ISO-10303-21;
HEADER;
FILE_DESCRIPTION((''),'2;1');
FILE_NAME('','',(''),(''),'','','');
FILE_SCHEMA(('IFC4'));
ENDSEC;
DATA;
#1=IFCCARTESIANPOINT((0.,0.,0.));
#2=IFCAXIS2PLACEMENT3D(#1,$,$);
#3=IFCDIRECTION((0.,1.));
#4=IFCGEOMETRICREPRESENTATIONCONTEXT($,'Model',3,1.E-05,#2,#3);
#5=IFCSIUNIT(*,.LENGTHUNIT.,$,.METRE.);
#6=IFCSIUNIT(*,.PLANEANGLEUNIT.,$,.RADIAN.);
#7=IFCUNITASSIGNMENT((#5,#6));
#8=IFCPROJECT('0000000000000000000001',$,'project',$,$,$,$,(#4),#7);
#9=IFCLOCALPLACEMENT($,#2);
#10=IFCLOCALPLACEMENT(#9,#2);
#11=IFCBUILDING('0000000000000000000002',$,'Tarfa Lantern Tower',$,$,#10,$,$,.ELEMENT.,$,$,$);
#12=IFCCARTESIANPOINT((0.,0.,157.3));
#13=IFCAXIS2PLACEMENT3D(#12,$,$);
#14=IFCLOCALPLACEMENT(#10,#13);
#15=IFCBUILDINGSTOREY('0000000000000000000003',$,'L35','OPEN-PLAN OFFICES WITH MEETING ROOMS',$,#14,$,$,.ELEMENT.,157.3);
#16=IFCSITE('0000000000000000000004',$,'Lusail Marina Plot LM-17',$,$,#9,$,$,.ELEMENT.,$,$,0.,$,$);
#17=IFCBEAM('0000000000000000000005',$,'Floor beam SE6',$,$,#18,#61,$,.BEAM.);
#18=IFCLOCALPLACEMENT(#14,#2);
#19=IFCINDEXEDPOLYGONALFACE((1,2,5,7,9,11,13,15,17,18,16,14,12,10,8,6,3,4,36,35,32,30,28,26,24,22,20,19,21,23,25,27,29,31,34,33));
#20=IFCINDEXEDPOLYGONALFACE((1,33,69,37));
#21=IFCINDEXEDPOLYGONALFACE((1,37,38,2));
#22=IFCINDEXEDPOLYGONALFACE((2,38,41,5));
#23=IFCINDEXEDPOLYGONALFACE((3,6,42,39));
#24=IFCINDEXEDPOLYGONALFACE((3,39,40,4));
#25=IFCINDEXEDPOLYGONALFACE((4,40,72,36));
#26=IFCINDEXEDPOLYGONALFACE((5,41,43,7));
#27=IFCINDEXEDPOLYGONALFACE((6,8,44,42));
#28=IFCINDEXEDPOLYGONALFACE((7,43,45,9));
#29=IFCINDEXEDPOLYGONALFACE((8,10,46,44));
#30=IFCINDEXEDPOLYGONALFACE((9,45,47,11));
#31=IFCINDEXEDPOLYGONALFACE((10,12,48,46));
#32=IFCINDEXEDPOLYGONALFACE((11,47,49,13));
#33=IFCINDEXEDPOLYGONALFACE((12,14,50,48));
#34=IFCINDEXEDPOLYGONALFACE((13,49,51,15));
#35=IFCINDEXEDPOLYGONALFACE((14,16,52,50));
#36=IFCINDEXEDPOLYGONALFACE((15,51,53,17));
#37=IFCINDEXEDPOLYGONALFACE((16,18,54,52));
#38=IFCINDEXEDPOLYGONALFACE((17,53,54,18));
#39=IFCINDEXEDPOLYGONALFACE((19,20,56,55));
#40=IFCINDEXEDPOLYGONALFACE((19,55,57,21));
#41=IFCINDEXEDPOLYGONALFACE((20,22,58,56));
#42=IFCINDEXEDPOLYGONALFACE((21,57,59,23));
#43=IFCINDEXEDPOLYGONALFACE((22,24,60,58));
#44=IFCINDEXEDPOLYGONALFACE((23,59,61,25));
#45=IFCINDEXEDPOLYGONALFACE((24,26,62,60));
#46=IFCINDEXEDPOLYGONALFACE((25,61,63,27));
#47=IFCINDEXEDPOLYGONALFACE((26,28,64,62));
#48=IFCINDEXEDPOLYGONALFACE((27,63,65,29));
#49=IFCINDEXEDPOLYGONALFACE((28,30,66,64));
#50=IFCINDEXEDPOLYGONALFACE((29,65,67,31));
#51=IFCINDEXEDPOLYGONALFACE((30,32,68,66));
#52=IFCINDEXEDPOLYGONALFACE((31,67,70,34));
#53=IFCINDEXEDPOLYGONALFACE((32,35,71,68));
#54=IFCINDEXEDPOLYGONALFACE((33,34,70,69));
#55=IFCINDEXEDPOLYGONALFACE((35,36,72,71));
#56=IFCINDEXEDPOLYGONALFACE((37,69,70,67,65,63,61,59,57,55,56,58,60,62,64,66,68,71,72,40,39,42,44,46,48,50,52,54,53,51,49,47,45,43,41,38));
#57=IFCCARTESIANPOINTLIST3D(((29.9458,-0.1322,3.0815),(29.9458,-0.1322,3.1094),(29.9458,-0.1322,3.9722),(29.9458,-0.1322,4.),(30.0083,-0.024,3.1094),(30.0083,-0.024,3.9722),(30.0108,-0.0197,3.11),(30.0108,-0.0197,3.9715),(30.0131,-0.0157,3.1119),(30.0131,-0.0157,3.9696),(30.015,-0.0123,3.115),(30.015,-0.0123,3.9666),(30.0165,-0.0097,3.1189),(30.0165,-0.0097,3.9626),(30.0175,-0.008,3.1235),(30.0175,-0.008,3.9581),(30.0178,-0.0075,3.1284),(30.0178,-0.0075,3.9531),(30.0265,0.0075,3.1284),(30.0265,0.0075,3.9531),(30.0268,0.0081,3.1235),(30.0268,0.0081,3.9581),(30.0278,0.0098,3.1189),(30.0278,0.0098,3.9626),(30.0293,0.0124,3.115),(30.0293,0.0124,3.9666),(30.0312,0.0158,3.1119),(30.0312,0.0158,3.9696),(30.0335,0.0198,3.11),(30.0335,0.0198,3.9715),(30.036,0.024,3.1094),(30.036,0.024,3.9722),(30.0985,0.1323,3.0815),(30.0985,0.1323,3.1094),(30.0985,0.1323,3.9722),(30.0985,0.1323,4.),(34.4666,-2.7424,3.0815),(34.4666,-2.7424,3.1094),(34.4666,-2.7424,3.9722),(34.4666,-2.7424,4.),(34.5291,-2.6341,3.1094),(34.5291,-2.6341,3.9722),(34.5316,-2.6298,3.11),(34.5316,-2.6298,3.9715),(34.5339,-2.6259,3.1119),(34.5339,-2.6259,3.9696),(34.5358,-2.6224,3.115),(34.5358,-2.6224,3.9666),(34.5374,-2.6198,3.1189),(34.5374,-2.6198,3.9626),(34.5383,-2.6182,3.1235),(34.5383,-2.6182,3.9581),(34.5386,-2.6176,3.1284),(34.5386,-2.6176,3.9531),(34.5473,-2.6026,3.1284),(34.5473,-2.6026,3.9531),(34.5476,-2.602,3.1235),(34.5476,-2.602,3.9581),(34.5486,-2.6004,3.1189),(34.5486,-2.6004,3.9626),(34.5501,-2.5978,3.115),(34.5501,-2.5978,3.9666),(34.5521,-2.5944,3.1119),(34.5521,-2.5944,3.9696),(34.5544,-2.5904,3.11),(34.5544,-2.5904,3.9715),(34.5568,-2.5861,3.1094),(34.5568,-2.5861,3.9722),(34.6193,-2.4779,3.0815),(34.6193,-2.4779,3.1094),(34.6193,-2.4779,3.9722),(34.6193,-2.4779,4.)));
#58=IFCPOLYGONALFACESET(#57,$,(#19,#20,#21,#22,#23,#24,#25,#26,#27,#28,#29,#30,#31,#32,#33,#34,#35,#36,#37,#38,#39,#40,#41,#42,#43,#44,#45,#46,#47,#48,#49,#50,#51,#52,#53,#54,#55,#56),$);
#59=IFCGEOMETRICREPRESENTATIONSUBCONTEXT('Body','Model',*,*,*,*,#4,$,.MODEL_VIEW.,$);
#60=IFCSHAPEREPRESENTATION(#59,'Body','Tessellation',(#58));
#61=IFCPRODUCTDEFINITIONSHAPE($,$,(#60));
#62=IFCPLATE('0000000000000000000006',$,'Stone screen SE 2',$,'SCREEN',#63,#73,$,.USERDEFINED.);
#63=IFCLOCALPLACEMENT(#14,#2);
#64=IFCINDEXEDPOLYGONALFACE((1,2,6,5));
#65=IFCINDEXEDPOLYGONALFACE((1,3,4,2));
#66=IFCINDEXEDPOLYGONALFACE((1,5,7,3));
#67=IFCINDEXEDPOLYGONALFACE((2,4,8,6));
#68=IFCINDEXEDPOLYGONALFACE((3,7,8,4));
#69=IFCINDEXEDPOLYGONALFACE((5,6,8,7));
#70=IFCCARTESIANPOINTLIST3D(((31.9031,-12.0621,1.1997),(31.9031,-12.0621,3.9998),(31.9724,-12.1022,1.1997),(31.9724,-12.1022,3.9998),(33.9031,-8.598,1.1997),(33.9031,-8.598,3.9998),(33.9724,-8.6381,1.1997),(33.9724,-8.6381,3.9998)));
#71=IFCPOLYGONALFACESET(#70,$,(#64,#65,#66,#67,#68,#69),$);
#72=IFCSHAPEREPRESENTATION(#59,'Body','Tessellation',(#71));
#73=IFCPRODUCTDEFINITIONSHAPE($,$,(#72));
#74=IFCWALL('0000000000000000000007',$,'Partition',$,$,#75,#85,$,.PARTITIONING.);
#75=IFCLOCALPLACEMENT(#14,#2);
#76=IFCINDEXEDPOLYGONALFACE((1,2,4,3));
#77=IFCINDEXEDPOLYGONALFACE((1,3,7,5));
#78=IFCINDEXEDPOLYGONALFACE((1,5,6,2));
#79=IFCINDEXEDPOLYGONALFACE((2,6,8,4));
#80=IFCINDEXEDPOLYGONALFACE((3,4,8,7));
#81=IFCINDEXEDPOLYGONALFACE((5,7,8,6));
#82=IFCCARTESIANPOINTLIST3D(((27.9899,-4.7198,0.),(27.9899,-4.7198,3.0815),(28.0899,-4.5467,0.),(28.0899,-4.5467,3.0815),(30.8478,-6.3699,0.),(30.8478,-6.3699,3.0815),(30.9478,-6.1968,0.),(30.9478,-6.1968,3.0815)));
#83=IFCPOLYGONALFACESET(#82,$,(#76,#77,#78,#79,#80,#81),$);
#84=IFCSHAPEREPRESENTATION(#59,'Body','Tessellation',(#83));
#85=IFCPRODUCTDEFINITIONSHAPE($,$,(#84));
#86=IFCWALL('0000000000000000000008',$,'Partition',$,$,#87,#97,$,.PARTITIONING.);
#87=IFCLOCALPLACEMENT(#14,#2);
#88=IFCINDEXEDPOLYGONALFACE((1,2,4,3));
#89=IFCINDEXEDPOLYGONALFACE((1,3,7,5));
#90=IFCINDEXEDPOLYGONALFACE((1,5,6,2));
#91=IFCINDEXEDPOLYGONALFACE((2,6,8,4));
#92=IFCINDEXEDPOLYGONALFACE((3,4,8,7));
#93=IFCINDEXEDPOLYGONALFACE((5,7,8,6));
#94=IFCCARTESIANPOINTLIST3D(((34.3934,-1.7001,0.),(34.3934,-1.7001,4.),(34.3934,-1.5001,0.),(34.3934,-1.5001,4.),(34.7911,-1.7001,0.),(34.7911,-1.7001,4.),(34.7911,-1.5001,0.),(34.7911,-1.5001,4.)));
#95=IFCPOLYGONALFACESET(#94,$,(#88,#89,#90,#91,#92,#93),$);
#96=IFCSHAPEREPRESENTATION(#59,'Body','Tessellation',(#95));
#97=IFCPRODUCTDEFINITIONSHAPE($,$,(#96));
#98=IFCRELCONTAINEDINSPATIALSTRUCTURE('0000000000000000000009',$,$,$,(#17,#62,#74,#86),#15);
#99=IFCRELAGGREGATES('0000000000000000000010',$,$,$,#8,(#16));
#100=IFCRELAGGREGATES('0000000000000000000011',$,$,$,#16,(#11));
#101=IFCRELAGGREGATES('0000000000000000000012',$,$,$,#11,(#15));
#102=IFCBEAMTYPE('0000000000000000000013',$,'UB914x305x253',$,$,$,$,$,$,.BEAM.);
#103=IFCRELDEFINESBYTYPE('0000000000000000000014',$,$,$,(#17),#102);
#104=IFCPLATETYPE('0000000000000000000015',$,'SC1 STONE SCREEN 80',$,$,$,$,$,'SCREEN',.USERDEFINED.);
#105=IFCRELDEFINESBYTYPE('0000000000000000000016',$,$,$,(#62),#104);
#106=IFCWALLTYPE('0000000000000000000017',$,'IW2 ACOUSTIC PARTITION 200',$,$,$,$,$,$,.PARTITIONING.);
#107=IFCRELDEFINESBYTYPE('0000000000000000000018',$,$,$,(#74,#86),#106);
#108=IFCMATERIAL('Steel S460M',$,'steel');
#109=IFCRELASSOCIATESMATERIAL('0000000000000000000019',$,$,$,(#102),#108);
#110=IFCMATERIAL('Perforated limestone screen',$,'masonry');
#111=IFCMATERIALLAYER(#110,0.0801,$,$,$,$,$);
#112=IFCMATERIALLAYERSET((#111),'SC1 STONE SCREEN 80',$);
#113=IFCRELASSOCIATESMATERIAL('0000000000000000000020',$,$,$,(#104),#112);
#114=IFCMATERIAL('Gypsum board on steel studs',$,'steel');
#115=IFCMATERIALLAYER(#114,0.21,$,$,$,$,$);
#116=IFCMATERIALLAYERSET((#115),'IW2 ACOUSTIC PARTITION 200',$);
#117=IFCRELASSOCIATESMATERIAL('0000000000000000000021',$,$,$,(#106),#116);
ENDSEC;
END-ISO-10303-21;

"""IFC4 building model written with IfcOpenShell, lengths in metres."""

from ifc_helpers import new_model, si_unit, direction, frame, frame_2d, origin, origin_2d, place, context, subcontext, project, spatial, rectangle, i_section, extrude, material, layer, layer_set, material_profile, profile_set, type_object, element, save


model = new_model("IFC4")

# Units and contexts
model_context = context("Model", 3, precision=1e-05, world=origin(), true_north=direction((0.0, 1.0)))
body_context = subcontext(model_context, "Body", "Model", "MODEL_VIEW")
ifc_project = project(units=[si_unit("LENGTHUNIT", "METRE"), si_unit("PLANEANGLEUNIT", "RADIAN")], contexts=[model_context])

# Site, building, storey
site_placement = place(None, origin())
site = spatial("IfcSite", under=ifc_project, at=site_placement, Name="Lusail Marina Plot LM-17", CompositionType="ELEMENT", RefElevation=0.0)
building_placement = place(site_placement, origin())
building = spatial("IfcBuilding", under=site, at=building_placement, Name="Tarfa Lantern Tower", CompositionType="ELEMENT")
storey_placement = place(building_placement, frame((0.0, 0.0, 157.3)))
storey = spatial("IfcBuildingStorey", under=building, at=storey_placement, Name="L35", Description="OPEN-PLAN OFFICES WITH MEETING ROOMS", CompositionType="ELEMENT", Elevation=157.3)

# Beam
ifc_material_1 = material(Name="Steel S460M", Category="steel")
ifc_material_profile_1 = material_profile(ifc_material_1, i_section(OverallWidth=0.3054, OverallDepth=0.9185, WebThickness=0.0173, FlangeThickness=0.0278, FilletRadius=0.019, at=origin_2d()), Name="UB914x305x253")
ifc_profile_set_1 = profile_set([ifc_material_profile_1], Name="Steel S460M")
beam_type_1 = type_object("IfcBeamType", Name="UB914x305x253", PredefinedType="BEAM", material=ifc_profile_set_1)
beam_1_placement = place(storey_placement, frame((34.543, -2.6101, 3.5408), z_axis=(-0.866021, 0.500007, 0.0), x_axis=(-0.500007, -0.866021, 0.0)))
element("IfcBeam", 1, at=beam_1_placement, inside=storey, type_object=beam_type_1, Name="Floor beam SE6", PredefinedType="BEAM", context=body_context, shape_type="SweptSolid", body=[
    extrude(i_section(OverallWidth=0.3054, OverallDepth=0.9185, WebThickness=0.0173, FlangeThickness=0.0278, FilletRadius=0.019, at=origin_2d()), origin(), (0.0, 0.0, 1.0), 5.2202),
])

# Plate
ifc_material_2 = material(Name="Perforated limestone screen", Category="masonry")
ifc_layer_1 = layer(ifc_material_2, 0.0801)
ifc_layer_set_1 = layer_set([ifc_layer_1], Name="SC1 STONE SCREEN 80")
plate_type = type_object("IfcPlateType", Name="SC1 STONE SCREEN 80", ElementType="SCREEN", PredefinedType="USERDEFINED", material=ifc_layer_set_1)
plate_placement = place(storey_placement, frame((32.9377, -10.3501, 1.1997), z_axis=(0.0, 0.0, 1.0), x_axis=(0.5, 0.866025, 0.0)))
element("IfcPlate", 2, at=plate_placement, inside=storey, type_object=plate_type, Name="Stone screen SE 2", ObjectType="SCREEN", PredefinedType="USERDEFINED", context=body_context, shape_type="SweptSolid", body=[
    extrude(rectangle(XDim=4.0, YDim=0.0801, at=origin_2d()), origin(), (0.0, 0.0, 1.0), 2.8),
])

# Walls
ifc_material_3 = material(Name="Gypsum board on steel studs", Category="steel")
ifc_layer_2 = layer(ifc_material_3, 0.21)
ifc_layer_set_2 = layer_set([ifc_layer_2], Name="IW2 ACOUSTIC PARTITION 200")
wall_type = type_object("IfcWallType", Name="IW2 ACOUSTIC PARTITION 200", PredefinedType="PARTITIONING", material=ifc_layer_set_2)
wall_1_placement = place(storey_placement, frame((28.04, -4.6333, 0.0), z_axis=(0.0, 0.0, 1.0), x_axis=(0.866008, -0.50003, 0.0)))
element("IfcWall", 3, at=wall_1_placement, inside=storey, type_object=wall_type, Name="Partition", PredefinedType="PARTITIONING", context=body_context, shape_type="SweptSolid", body=[
    extrude(rectangle(XDim=3.3, YDim=0.2, at=frame_2d((1.6499, 0.0))), origin(), (0.0, 0.0, 1.0), 3.0815),
])
wall_2_placement = place(storey_placement, frame((34.3936, -1.6001, 0.0), z_axis=(0.0, 0.0, 1.0), x_axis=(1.0, 0.0, 0.0)))
element("IfcWall", 4, at=wall_2_placement, inside=storey, type_object=wall_type, Name="Partition", PredefinedType="PARTITIONING", context=body_context, shape_type="SweptSolid", body=[
    extrude(rectangle(XDim=0.3977, YDim=0.2, at=frame_2d((0.1987, 0.0))), origin(), (0.0, 0.0, 1.0), 4.0),
])

save(model, "model.ifc")
